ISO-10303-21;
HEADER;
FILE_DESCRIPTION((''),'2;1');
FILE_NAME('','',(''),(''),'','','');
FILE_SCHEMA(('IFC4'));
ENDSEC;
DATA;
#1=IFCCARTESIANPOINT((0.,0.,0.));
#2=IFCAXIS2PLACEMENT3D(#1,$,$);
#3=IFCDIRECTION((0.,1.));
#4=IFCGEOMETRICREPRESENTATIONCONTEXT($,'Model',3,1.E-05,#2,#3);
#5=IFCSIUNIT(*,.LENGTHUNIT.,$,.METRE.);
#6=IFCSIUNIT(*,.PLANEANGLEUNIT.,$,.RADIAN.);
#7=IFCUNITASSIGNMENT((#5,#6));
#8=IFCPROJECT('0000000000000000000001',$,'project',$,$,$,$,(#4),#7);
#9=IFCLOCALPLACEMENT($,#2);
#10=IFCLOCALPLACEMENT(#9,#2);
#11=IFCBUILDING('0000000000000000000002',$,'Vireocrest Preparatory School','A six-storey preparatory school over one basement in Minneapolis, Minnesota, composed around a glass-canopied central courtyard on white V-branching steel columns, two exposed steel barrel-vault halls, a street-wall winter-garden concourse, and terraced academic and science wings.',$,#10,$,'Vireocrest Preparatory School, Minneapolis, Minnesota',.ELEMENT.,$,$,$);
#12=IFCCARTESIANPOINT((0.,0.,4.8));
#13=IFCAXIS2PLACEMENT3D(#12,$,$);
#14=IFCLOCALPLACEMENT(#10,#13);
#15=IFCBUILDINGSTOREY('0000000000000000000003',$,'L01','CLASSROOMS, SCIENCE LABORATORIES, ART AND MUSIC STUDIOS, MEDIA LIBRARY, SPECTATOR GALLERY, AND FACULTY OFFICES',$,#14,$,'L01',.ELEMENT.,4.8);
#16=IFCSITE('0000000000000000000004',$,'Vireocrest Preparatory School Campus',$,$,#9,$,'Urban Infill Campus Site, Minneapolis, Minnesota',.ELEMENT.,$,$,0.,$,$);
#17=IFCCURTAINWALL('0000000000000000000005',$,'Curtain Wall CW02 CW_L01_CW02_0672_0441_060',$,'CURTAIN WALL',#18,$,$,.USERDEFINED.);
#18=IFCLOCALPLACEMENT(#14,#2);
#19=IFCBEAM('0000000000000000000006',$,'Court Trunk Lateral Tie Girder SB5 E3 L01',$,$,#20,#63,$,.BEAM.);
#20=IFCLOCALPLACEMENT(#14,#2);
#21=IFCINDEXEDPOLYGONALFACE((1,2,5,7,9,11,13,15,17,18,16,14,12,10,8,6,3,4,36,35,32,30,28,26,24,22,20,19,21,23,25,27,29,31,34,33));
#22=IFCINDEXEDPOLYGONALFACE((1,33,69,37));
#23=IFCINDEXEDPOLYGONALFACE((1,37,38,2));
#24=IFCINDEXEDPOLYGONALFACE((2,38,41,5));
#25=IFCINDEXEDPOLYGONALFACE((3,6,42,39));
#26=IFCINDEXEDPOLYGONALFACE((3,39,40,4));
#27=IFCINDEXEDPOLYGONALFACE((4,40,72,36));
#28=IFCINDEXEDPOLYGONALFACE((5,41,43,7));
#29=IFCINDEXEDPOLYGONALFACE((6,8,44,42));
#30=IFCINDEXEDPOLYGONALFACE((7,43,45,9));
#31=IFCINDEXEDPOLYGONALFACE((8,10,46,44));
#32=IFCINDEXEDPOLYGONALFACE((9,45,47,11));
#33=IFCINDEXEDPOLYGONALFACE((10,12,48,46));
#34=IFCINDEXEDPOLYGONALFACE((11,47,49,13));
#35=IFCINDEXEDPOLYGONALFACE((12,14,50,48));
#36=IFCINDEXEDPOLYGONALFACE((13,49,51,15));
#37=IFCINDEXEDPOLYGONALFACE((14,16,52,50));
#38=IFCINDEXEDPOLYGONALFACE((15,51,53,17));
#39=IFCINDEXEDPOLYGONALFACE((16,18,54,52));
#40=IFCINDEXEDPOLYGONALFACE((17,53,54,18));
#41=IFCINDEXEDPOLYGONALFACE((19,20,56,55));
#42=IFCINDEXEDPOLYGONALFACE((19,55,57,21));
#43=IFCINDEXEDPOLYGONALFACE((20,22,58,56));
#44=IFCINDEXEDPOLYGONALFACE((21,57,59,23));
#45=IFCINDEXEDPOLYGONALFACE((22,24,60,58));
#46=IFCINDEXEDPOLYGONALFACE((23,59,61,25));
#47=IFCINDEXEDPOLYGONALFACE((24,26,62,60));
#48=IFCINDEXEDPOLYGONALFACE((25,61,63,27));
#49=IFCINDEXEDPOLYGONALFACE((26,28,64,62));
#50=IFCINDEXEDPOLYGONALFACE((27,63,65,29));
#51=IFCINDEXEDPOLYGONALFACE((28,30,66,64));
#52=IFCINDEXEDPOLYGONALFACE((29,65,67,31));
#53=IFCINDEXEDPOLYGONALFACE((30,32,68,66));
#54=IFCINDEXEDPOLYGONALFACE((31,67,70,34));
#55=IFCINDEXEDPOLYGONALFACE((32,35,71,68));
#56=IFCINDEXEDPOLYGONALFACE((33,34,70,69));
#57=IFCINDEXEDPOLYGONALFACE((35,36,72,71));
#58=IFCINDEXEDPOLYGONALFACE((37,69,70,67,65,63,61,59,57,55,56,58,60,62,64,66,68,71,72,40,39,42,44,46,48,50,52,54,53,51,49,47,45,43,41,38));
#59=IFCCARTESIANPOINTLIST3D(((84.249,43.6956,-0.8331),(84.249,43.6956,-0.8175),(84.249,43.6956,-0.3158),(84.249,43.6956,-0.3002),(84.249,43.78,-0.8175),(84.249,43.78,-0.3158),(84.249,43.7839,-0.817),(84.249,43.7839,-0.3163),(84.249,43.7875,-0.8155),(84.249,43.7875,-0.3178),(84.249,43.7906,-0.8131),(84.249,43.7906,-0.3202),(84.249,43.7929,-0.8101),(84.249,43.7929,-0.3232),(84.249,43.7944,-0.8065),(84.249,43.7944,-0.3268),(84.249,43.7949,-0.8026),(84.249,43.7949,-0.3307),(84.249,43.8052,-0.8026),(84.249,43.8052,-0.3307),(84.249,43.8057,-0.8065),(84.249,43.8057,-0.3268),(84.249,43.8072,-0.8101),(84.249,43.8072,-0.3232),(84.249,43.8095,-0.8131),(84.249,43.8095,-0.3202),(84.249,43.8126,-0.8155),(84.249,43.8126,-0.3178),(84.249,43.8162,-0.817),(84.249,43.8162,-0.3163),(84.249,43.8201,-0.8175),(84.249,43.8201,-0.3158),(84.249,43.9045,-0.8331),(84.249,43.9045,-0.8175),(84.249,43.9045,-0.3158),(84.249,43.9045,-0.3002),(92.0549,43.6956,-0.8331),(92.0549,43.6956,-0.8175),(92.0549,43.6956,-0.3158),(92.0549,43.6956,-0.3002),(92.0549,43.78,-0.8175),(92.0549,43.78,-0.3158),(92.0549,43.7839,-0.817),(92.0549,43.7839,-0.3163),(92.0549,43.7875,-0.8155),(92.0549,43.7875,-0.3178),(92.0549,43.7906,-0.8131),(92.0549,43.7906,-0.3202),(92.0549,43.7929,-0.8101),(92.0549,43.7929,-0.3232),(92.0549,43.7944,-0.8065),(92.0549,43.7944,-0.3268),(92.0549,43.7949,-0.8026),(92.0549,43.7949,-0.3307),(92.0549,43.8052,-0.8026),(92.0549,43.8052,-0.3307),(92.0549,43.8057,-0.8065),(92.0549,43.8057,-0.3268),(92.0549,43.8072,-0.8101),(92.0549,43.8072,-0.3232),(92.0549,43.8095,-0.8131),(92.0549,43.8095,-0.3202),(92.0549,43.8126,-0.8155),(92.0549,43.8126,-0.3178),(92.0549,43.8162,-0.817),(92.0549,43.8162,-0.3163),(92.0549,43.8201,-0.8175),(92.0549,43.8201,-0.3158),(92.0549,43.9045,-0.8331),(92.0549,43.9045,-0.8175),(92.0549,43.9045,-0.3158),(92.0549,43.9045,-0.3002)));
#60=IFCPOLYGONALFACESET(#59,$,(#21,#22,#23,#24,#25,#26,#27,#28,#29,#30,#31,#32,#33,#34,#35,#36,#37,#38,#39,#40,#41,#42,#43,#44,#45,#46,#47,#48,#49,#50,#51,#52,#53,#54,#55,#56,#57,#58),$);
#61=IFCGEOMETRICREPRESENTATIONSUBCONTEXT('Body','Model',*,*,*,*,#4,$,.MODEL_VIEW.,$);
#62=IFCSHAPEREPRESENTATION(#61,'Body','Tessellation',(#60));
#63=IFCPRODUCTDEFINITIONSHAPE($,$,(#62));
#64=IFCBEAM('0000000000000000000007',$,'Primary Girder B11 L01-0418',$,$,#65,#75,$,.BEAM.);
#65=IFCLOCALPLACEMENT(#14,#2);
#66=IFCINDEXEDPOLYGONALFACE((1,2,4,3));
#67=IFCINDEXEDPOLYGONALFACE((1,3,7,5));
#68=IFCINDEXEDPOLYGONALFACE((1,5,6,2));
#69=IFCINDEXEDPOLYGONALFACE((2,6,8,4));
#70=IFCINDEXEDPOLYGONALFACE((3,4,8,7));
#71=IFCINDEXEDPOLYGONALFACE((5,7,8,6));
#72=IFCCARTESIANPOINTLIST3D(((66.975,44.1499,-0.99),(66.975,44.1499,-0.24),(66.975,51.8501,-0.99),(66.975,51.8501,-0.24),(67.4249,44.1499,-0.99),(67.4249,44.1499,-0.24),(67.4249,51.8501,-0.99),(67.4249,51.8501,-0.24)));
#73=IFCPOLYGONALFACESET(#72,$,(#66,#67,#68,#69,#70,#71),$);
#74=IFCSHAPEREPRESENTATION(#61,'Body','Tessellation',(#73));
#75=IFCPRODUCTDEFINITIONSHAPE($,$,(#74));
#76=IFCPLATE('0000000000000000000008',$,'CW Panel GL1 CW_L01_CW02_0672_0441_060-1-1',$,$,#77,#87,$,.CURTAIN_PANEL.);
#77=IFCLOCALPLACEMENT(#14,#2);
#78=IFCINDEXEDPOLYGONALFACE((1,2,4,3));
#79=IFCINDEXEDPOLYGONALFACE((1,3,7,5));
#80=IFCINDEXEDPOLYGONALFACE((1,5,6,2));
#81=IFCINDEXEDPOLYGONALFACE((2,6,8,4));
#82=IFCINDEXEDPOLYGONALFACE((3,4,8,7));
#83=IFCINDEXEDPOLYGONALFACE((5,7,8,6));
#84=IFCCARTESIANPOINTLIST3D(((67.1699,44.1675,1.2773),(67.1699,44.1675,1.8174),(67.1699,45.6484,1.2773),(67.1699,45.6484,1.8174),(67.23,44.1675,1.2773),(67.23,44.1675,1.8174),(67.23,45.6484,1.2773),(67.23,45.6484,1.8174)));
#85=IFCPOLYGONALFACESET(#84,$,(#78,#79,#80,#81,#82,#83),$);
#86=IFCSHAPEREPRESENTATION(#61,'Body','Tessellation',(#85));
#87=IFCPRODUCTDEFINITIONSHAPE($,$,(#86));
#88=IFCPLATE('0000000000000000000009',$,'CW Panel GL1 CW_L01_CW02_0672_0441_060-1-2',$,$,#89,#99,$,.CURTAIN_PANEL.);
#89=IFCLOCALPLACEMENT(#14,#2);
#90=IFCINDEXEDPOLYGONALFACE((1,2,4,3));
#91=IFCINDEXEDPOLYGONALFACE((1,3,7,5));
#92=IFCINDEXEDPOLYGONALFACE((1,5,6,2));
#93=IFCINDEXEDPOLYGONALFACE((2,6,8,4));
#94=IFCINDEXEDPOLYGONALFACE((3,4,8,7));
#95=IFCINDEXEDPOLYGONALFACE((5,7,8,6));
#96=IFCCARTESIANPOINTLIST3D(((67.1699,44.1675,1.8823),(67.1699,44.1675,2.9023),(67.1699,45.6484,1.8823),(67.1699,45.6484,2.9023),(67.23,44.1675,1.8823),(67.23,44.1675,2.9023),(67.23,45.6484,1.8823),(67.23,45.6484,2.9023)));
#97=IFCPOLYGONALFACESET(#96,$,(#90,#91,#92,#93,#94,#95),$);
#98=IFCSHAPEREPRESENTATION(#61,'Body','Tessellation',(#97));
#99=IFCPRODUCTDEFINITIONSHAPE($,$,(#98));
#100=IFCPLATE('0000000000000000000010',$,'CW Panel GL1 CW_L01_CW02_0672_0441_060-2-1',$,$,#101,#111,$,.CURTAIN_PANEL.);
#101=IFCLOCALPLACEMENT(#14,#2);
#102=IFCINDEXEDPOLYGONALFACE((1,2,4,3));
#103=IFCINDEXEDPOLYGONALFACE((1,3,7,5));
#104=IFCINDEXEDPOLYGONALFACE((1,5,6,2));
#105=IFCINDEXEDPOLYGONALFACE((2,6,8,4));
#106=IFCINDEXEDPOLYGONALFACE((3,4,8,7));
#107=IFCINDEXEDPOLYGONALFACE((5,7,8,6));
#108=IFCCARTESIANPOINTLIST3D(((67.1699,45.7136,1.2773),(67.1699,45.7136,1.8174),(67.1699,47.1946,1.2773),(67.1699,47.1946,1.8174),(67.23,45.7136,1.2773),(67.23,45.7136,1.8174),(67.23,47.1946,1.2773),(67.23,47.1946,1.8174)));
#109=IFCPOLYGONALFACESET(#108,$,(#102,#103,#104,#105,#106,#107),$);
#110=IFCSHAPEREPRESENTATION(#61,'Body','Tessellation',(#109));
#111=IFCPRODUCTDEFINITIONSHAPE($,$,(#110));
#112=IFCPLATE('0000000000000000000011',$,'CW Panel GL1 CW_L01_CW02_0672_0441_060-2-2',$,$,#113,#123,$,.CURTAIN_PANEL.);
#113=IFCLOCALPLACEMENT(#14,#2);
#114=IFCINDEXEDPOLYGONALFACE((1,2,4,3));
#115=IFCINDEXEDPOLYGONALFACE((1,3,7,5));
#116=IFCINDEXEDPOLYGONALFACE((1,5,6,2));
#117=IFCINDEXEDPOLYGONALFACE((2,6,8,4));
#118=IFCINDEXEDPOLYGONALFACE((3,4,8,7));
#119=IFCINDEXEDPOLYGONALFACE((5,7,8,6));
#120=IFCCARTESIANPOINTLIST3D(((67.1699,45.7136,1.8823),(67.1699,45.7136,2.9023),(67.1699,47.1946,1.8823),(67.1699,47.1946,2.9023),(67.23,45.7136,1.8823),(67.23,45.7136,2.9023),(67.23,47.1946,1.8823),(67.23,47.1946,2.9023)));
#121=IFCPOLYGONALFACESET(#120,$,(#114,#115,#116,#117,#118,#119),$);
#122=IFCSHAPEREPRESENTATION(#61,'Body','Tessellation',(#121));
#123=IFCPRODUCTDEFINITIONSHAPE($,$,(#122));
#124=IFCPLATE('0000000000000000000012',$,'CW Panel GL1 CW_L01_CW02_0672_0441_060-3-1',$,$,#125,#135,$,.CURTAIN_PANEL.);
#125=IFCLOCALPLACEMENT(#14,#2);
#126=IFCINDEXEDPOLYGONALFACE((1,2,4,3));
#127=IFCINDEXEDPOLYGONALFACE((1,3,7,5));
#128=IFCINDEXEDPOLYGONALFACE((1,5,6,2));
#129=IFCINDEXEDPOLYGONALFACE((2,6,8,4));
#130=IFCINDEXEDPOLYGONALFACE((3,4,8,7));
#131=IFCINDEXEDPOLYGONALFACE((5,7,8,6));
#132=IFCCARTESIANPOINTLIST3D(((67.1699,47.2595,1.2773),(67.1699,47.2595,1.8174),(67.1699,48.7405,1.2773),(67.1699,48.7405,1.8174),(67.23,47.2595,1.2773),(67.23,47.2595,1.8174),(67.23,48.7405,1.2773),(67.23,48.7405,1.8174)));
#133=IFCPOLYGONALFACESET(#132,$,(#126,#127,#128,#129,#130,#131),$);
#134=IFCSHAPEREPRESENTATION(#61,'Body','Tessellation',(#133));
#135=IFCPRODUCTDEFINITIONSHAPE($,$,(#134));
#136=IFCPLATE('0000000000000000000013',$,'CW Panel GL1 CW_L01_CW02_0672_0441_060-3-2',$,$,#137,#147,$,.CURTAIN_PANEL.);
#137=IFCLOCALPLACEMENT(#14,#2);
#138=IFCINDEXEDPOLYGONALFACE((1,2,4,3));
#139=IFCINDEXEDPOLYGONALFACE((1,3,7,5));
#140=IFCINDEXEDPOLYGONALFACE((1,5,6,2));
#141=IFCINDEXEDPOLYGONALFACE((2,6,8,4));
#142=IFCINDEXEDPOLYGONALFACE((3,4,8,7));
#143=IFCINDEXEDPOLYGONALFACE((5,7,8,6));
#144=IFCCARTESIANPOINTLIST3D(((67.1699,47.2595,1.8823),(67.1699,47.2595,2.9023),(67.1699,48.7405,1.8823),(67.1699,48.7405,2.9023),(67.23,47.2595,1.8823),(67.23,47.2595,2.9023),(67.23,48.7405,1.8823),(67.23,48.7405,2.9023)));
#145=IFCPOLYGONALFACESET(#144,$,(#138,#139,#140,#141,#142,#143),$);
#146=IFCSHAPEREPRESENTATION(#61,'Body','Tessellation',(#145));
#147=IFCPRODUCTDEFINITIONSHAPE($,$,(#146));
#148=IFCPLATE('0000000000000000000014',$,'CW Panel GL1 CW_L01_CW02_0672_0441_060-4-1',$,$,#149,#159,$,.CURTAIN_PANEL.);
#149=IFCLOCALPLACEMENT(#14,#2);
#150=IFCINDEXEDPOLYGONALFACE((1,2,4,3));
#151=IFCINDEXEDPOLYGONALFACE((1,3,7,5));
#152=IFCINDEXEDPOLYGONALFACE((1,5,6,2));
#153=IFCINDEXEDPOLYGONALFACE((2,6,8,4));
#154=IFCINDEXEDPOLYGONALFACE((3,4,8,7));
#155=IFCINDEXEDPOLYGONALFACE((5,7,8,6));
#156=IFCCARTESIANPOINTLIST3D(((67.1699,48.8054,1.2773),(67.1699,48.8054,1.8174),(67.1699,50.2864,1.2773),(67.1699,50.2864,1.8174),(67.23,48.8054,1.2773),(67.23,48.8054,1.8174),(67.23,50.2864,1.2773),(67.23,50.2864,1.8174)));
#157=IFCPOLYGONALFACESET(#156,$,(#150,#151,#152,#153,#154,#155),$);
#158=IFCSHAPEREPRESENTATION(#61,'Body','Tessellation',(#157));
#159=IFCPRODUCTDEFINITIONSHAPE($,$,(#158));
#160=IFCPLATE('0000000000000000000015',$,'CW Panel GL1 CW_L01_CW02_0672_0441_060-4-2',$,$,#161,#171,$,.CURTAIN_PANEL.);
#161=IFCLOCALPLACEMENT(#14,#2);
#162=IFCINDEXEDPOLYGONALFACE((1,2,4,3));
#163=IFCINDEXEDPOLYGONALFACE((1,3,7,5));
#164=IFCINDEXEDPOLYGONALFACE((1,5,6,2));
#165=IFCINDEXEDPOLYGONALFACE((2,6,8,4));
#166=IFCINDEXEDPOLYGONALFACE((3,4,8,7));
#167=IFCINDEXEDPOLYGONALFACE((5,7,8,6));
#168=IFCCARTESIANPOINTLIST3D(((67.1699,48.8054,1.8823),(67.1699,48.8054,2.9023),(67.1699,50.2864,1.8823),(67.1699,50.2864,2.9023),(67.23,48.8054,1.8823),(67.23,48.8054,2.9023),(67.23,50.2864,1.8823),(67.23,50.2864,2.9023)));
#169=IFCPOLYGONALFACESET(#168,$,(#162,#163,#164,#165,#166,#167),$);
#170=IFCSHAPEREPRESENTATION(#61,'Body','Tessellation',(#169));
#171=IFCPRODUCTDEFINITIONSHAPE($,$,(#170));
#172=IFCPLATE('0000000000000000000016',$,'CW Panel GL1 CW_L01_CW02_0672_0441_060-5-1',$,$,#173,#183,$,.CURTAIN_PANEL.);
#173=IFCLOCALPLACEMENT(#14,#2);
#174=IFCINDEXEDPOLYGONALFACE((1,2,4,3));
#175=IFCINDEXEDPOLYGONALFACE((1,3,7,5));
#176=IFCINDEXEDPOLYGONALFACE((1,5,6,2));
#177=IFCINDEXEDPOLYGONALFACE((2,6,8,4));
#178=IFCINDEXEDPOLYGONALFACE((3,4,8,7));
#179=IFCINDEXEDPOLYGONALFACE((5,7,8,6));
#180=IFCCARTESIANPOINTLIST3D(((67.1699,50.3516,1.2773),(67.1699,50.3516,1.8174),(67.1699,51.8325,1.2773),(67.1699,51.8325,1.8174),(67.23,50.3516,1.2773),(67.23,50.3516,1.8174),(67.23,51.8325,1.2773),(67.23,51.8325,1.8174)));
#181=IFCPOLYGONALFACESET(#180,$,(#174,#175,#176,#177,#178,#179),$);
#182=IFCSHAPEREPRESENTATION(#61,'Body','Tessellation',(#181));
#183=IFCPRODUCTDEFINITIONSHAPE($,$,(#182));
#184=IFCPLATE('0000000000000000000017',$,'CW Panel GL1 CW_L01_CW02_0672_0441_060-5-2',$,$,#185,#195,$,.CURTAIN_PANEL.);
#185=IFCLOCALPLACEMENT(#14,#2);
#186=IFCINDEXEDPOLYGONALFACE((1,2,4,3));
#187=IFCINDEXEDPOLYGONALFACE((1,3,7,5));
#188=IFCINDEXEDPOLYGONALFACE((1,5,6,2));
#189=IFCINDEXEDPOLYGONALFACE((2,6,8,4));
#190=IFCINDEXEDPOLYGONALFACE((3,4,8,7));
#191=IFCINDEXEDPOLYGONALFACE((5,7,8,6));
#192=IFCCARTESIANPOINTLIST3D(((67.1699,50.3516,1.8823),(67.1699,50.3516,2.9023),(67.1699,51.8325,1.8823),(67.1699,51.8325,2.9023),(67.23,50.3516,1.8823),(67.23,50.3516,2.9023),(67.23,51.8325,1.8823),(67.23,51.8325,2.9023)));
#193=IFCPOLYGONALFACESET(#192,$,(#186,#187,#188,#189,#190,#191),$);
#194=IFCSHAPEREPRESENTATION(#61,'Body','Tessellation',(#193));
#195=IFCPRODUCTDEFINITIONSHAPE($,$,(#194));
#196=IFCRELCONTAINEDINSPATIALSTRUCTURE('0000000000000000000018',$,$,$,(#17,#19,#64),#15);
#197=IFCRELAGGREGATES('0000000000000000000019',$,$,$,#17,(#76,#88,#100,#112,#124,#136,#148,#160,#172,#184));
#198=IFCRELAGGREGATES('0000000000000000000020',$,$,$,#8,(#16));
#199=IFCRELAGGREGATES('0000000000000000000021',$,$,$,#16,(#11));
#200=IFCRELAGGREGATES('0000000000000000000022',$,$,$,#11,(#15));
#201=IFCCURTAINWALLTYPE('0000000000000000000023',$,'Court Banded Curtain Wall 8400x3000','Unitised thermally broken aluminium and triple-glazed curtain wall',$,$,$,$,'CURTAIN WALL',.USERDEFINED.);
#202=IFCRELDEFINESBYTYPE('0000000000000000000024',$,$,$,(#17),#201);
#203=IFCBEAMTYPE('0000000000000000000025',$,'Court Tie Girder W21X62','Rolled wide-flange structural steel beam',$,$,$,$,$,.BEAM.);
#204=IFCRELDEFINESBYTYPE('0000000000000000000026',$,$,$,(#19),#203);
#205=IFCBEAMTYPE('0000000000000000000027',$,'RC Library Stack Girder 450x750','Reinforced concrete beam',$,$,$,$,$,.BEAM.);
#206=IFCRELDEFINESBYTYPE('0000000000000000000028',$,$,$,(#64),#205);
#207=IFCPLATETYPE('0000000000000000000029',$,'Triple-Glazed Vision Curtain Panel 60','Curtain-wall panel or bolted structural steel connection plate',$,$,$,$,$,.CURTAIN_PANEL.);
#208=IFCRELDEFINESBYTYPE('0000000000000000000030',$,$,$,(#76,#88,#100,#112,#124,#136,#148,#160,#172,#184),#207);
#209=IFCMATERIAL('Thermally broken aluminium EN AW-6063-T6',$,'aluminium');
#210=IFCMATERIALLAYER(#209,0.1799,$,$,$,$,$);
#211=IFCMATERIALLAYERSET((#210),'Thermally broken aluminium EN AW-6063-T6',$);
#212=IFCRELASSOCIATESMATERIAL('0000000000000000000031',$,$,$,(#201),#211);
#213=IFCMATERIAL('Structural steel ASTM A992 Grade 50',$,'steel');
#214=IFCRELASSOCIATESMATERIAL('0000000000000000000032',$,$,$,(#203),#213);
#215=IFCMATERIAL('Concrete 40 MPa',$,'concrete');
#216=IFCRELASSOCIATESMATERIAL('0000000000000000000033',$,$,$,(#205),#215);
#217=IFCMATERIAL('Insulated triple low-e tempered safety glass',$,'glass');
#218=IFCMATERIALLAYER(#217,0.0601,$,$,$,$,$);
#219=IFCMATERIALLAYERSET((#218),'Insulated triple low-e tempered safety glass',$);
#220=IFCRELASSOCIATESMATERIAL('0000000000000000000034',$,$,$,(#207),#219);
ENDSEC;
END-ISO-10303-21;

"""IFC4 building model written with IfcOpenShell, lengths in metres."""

from ifc_helpers import new_model, si_unit, direction, frame, origin, origin_2d, place, context, subcontext, project, spatial, rectangle, i_section, extrude, material, layer, layer_set, material_profile, profile_set, type_object, element, aggregate, save


model = new_model("IFC4")

# Units and contexts
model_context = context("Model", 3, precision=1e-05, world=origin(), true_north=direction((0.0, 1.0)))
body_context = subcontext(model_context, "Body", "Model", "MODEL_VIEW")
ifc_project = project(units=[si_unit("LENGTHUNIT", "METRE"), si_unit("PLANEANGLEUNIT", "RADIAN")], contexts=[model_context])

# Site, building, storey
site_placement = place(None, origin())
site = spatial("IfcSite", under=ifc_project, at=site_placement, Name="Vireocrest Preparatory School Campus", LongName="Urban Infill Campus Site, Minneapolis, Minnesota", CompositionType="ELEMENT", RefElevation=0.0)
building_placement = place(site_placement, origin())
building = spatial("IfcBuilding", under=site, at=building_placement, Name="Vireocrest Preparatory School", Description="A six-storey preparatory school over one basement in Minneapolis, Minnesota, composed around a glass-canopied central courtyard on white V-branching steel columns, two exposed steel barrel-vault halls, a street-wall winter-garden concourse, and terraced academic and science wings.", LongName="Vireocrest Preparatory School, Minneapolis, Minnesota", CompositionType="ELEMENT")
storey_placement = place(building_placement, frame((0.0, 0.0, 4.8)))
storey = spatial("IfcBuildingStorey", under=building, at=storey_placement, Name="L01", Description="CLASSROOMS, SCIENCE LABORATORIES, ART AND MUSIC STUDIOS, MEDIA LIBRARY, SPECTATOR GALLERY, AND FACULTY OFFICES", LongName="L01", CompositionType="ELEMENT", Elevation=4.8)

# Shared definitions
ifc_material_1 = material(Name="Thermally broken aluminium EN AW-6063-T6", Category="aluminium")
ifc_layer_1 = layer(ifc_material_1, 0.1799)
ifc_layer_set_1 = layer_set([ifc_layer_1], Name="Thermally broken aluminium EN AW-6063-T6")
curtain_wall_type = type_object("IfcCurtainWallType", Name="Court Banded Curtain Wall 8400x3000", Description="Unitised thermally broken aluminium and triple-glazed curtain wall", ElementType="CURTAIN WALL", PredefinedType="USERDEFINED", material=ifc_layer_set_1)

# Curtain wall
curtain_wall_1_placement = place(storey_placement, origin())
curtain_wall_1 = element("IfcCurtainWall", 1, at=curtain_wall_1_placement, inside=storey, type_object=curtain_wall_type, Name="Curtain Wall CW02 CW_L01_CW02_0672_0441_060", ObjectType="CURTAIN WALL", PredefinedType="USERDEFINED")

# Beams
ifc_material_2 = material(Name="Structural steel ASTM A992 Grade 50", Category="steel")
ifc_material_profile_1 = material_profile(ifc_material_2, i_section(OverallWidth=0.209, OverallDepth=0.533, WebThickness=0.0103, FlangeThickness=0.0156, FilletRadius=0.0149, at=origin_2d()), Name="W21X62")
ifc_profile_set_1 = profile_set([ifc_material_profile_1], Name="Structural steel ASTM A992 Grade 50")
beam_type_1 = type_object("IfcBeamType", Name="Court Tie Girder W21X62", Description="Rolled wide-flange structural steel beam", PredefinedType="BEAM", material=ifc_profile_set_1)
beam_1_placement = place(storey_placement, frame((84.249, 43.8, -0.5667), z_axis=(1.0, 0.0, 0.0), x_axis=(0.0, 1.0, 0.0)))
element("IfcBeam", 2, at=beam_1_placement, inside=storey, type_object=beam_type_1, Name="Court Trunk Lateral Tie Girder SB5 E3 L01", PredefinedType="BEAM", context=body_context, shape_type="SweptSolid", body=[
    extrude(i_section(OverallWidth=0.209, OverallDepth=0.533, WebThickness=0.0103, FlangeThickness=0.0156, FilletRadius=0.0149, at=origin_2d()), origin(), (0.0, 0.0, 1.0), 7.8059),
])
ifc_material_3 = material(Name="Concrete 40 MPa", Category="concrete")
ifc_material_profile_2 = material_profile(ifc_material_3, rectangle(XDim=0.45, YDim=0.75, at=origin_2d()), Name="RC 450x750")
ifc_profile_set_2 = profile_set([ifc_material_profile_2], Name="Concrete 40 MPa")
beam_type_2 = type_object("IfcBeamType", Name="RC Library Stack Girder 450x750", Description="Reinforced concrete beam", PredefinedType="BEAM", material=ifc_profile_set_2)
beam_2_placement = place(storey_placement, frame((67.2, 44.1499, -0.615), z_axis=(0.0, 1.0, 0.0), x_axis=(-1.0, 0.0, 0.0)))
element("IfcBeam", 3, at=beam_2_placement, inside=storey, type_object=beam_type_2, Name="Primary Girder B11 L01-0418", PredefinedType="BEAM", context=body_context, shape_type="SweptSolid", body=[
    extrude(rectangle(XDim=0.45, YDim=0.75, at=origin_2d()), origin(), (0.0, 0.0, 1.0), 7.7002),
])

# Plates
ifc_material_4 = material(Name="Insulated triple low-e tempered safety glass", Category="glass")
ifc_layer_2 = layer(ifc_material_4, 0.0601)
ifc_layer_set_2 = layer_set([ifc_layer_2], Name="Insulated triple low-e tempered safety glass")
plate_type = type_object("IfcPlateType", Name="Triple-Glazed Vision Curtain Panel 60", Description="Curtain-wall panel or bolted structural steel connection plate", PredefinedType="CURTAIN_PANEL", material=ifc_layer_set_2)
plate_1_placement = place(storey_placement, frame((67.2, 44.908, 1.2773), z_axis=(0.0, 0.0, 1.0), x_axis=(0.0, 1.0, 0.0)))
plate_1 = element("IfcPlate", 4, at=plate_1_placement, type_object=plate_type, Name="CW Panel GL1 CW_L01_CW02_0672_0441_060-1-1", PredefinedType="CURTAIN_PANEL", context=body_context, shape_type="SweptSolid", body=[
    extrude(rectangle(XDim=1.481, YDim=0.0601, at=origin_2d()), origin(), (0.0, 0.0, 1.0), 0.54),
])
plate_2_placement = place(storey_placement, frame((67.2, 44.908, 1.8823), z_axis=(0.0, 0.0, 1.0), x_axis=(0.0, 1.0, 0.0)))
plate_2 = element("IfcPlate", 5, at=plate_2_placement, type_object=plate_type, Name="CW Panel GL1 CW_L01_CW02_0672_0441_060-1-2", PredefinedType="CURTAIN_PANEL", context=body_context, shape_type="SweptSolid", body=[
    extrude(rectangle(XDim=1.481, YDim=0.0601, at=origin_2d()), origin(), (0.0, 0.0, 1.0), 1.02),
])
plate_3_placement = place(storey_placement, frame((67.2, 46.4541, 1.2773), z_axis=(0.0, 0.0, 1.0), x_axis=(0.0, 1.0, 0.0)))
plate_3 = element("IfcPlate", 6, at=plate_3_placement, type_object=plate_type, Name="CW Panel GL1 CW_L01_CW02_0672_0441_060-2-1", PredefinedType="CURTAIN_PANEL", context=body_context, shape_type="SweptSolid", body=[
    extrude(rectangle(XDim=1.481, YDim=0.0601, at=origin_2d()), origin(), (0.0, 0.0, 1.0), 0.54),
])
plate_4_placement = place(storey_placement, frame((67.2, 46.4541, 1.8823), z_axis=(0.0, 0.0, 1.0), x_axis=(0.0, 1.0, 0.0)))
plate_4 = element("IfcPlate", 7, at=plate_4_placement, type_object=plate_type, Name="CW Panel GL1 CW_L01_CW02_0672_0441_060-2-2", PredefinedType="CURTAIN_PANEL", context=body_context, shape_type="SweptSolid", body=[
    extrude(rectangle(XDim=1.481, YDim=0.0601, at=origin_2d()), origin(), (0.0, 0.0, 1.0), 1.02),
])
plate_5_placement = place(storey_placement, frame((67.2, 48.0, 1.2773), z_axis=(0.0, 0.0, 1.0), x_axis=(0.0, 1.0, 0.0)))
plate_5 = element("IfcPlate", 8, at=plate_5_placement, type_object=plate_type, Name="CW Panel GL1 CW_L01_CW02_0672_0441_060-3-1", PredefinedType="CURTAIN_PANEL", context=body_context, shape_type="SweptSolid", body=[
    extrude(rectangle(XDim=1.481, YDim=0.0601, at=origin_2d()), origin(), (0.0, 0.0, 1.0), 0.54),
])
plate_6_placement = place(storey_placement, frame((67.2, 48.0, 1.8823), z_axis=(0.0, 0.0, 1.0), x_axis=(0.0, 1.0, 0.0)))
plate_6 = element("IfcPlate", 9, at=plate_6_placement, type_object=plate_type, Name="CW Panel GL1 CW_L01_CW02_0672_0441_060-3-2", PredefinedType="CURTAIN_PANEL", context=body_context, shape_type="SweptSolid", body=[
    extrude(rectangle(XDim=1.481, YDim=0.0601, at=origin_2d()), origin(), (0.0, 0.0, 1.0), 1.02),
])
plate_7_placement = place(storey_placement, frame((67.2, 49.5459, 1.2773), z_axis=(0.0, 0.0, 1.0), x_axis=(0.0, 1.0, 0.0)))
plate_7 = element("IfcPlate", 10, at=plate_7_placement, type_object=plate_type, Name="CW Panel GL1 CW_L01_CW02_0672_0441_060-4-1", PredefinedType="CURTAIN_PANEL", context=body_context, shape_type="SweptSolid", body=[
    extrude(rectangle(XDim=1.481, YDim=0.0601, at=origin_2d()), origin(), (0.0, 0.0, 1.0), 0.54),
])
plate_8_placement = place(storey_placement, frame((67.2, 49.5459, 1.8823), z_axis=(0.0, 0.0, 1.0), x_axis=(0.0, 1.0, 0.0)))
plate_8 = element("IfcPlate", 11, at=plate_8_placement, type_object=plate_type, Name="CW Panel GL1 CW_L01_CW02_0672_0441_060-4-2", PredefinedType="CURTAIN_PANEL", context=body_context, shape_type="SweptSolid", body=[
    extrude(rectangle(XDim=1.481, YDim=0.0601, at=origin_2d()), origin(), (0.0, 0.0, 1.0), 1.02),
])
plate_9_placement = place(storey_placement, frame((67.2, 51.092, 1.2773), z_axis=(0.0, 0.0, 1.0), x_axis=(0.0, 1.0, 0.0)))
plate_9 = element("IfcPlate", 12, at=plate_9_placement, type_object=plate_type, Name="CW Panel GL1 CW_L01_CW02_0672_0441_060-5-1", PredefinedType="CURTAIN_PANEL", context=body_context, shape_type="SweptSolid", body=[
    extrude(rectangle(XDim=1.481, YDim=0.0601, at=origin_2d()), origin(), (0.0, 0.0, 1.0), 0.54),
])
plate_10_placement = place(storey_placement, frame((67.2, 51.092, 1.8823), z_axis=(0.0, 0.0, 1.0), x_axis=(0.0, 1.0, 0.0)))
plate_10 = element("IfcPlate", 13, at=plate_10_placement, type_object=plate_type, Name="CW Panel GL1 CW_L01_CW02_0672_0441_060-5-2", PredefinedType="CURTAIN_PANEL", context=body_context, shape_type="SweptSolid", body=[
    extrude(rectangle(XDim=1.481, YDim=0.0601, at=origin_2d()), origin(), (0.0, 0.0, 1.0), 1.02),
])
aggregate(curtain_wall_1, [plate_1, plate_2, plate_3, plate_4, plate_5, plate_6, plate_7, plate_8, plate_9, plate_10])

save(model, "model.ifc")
